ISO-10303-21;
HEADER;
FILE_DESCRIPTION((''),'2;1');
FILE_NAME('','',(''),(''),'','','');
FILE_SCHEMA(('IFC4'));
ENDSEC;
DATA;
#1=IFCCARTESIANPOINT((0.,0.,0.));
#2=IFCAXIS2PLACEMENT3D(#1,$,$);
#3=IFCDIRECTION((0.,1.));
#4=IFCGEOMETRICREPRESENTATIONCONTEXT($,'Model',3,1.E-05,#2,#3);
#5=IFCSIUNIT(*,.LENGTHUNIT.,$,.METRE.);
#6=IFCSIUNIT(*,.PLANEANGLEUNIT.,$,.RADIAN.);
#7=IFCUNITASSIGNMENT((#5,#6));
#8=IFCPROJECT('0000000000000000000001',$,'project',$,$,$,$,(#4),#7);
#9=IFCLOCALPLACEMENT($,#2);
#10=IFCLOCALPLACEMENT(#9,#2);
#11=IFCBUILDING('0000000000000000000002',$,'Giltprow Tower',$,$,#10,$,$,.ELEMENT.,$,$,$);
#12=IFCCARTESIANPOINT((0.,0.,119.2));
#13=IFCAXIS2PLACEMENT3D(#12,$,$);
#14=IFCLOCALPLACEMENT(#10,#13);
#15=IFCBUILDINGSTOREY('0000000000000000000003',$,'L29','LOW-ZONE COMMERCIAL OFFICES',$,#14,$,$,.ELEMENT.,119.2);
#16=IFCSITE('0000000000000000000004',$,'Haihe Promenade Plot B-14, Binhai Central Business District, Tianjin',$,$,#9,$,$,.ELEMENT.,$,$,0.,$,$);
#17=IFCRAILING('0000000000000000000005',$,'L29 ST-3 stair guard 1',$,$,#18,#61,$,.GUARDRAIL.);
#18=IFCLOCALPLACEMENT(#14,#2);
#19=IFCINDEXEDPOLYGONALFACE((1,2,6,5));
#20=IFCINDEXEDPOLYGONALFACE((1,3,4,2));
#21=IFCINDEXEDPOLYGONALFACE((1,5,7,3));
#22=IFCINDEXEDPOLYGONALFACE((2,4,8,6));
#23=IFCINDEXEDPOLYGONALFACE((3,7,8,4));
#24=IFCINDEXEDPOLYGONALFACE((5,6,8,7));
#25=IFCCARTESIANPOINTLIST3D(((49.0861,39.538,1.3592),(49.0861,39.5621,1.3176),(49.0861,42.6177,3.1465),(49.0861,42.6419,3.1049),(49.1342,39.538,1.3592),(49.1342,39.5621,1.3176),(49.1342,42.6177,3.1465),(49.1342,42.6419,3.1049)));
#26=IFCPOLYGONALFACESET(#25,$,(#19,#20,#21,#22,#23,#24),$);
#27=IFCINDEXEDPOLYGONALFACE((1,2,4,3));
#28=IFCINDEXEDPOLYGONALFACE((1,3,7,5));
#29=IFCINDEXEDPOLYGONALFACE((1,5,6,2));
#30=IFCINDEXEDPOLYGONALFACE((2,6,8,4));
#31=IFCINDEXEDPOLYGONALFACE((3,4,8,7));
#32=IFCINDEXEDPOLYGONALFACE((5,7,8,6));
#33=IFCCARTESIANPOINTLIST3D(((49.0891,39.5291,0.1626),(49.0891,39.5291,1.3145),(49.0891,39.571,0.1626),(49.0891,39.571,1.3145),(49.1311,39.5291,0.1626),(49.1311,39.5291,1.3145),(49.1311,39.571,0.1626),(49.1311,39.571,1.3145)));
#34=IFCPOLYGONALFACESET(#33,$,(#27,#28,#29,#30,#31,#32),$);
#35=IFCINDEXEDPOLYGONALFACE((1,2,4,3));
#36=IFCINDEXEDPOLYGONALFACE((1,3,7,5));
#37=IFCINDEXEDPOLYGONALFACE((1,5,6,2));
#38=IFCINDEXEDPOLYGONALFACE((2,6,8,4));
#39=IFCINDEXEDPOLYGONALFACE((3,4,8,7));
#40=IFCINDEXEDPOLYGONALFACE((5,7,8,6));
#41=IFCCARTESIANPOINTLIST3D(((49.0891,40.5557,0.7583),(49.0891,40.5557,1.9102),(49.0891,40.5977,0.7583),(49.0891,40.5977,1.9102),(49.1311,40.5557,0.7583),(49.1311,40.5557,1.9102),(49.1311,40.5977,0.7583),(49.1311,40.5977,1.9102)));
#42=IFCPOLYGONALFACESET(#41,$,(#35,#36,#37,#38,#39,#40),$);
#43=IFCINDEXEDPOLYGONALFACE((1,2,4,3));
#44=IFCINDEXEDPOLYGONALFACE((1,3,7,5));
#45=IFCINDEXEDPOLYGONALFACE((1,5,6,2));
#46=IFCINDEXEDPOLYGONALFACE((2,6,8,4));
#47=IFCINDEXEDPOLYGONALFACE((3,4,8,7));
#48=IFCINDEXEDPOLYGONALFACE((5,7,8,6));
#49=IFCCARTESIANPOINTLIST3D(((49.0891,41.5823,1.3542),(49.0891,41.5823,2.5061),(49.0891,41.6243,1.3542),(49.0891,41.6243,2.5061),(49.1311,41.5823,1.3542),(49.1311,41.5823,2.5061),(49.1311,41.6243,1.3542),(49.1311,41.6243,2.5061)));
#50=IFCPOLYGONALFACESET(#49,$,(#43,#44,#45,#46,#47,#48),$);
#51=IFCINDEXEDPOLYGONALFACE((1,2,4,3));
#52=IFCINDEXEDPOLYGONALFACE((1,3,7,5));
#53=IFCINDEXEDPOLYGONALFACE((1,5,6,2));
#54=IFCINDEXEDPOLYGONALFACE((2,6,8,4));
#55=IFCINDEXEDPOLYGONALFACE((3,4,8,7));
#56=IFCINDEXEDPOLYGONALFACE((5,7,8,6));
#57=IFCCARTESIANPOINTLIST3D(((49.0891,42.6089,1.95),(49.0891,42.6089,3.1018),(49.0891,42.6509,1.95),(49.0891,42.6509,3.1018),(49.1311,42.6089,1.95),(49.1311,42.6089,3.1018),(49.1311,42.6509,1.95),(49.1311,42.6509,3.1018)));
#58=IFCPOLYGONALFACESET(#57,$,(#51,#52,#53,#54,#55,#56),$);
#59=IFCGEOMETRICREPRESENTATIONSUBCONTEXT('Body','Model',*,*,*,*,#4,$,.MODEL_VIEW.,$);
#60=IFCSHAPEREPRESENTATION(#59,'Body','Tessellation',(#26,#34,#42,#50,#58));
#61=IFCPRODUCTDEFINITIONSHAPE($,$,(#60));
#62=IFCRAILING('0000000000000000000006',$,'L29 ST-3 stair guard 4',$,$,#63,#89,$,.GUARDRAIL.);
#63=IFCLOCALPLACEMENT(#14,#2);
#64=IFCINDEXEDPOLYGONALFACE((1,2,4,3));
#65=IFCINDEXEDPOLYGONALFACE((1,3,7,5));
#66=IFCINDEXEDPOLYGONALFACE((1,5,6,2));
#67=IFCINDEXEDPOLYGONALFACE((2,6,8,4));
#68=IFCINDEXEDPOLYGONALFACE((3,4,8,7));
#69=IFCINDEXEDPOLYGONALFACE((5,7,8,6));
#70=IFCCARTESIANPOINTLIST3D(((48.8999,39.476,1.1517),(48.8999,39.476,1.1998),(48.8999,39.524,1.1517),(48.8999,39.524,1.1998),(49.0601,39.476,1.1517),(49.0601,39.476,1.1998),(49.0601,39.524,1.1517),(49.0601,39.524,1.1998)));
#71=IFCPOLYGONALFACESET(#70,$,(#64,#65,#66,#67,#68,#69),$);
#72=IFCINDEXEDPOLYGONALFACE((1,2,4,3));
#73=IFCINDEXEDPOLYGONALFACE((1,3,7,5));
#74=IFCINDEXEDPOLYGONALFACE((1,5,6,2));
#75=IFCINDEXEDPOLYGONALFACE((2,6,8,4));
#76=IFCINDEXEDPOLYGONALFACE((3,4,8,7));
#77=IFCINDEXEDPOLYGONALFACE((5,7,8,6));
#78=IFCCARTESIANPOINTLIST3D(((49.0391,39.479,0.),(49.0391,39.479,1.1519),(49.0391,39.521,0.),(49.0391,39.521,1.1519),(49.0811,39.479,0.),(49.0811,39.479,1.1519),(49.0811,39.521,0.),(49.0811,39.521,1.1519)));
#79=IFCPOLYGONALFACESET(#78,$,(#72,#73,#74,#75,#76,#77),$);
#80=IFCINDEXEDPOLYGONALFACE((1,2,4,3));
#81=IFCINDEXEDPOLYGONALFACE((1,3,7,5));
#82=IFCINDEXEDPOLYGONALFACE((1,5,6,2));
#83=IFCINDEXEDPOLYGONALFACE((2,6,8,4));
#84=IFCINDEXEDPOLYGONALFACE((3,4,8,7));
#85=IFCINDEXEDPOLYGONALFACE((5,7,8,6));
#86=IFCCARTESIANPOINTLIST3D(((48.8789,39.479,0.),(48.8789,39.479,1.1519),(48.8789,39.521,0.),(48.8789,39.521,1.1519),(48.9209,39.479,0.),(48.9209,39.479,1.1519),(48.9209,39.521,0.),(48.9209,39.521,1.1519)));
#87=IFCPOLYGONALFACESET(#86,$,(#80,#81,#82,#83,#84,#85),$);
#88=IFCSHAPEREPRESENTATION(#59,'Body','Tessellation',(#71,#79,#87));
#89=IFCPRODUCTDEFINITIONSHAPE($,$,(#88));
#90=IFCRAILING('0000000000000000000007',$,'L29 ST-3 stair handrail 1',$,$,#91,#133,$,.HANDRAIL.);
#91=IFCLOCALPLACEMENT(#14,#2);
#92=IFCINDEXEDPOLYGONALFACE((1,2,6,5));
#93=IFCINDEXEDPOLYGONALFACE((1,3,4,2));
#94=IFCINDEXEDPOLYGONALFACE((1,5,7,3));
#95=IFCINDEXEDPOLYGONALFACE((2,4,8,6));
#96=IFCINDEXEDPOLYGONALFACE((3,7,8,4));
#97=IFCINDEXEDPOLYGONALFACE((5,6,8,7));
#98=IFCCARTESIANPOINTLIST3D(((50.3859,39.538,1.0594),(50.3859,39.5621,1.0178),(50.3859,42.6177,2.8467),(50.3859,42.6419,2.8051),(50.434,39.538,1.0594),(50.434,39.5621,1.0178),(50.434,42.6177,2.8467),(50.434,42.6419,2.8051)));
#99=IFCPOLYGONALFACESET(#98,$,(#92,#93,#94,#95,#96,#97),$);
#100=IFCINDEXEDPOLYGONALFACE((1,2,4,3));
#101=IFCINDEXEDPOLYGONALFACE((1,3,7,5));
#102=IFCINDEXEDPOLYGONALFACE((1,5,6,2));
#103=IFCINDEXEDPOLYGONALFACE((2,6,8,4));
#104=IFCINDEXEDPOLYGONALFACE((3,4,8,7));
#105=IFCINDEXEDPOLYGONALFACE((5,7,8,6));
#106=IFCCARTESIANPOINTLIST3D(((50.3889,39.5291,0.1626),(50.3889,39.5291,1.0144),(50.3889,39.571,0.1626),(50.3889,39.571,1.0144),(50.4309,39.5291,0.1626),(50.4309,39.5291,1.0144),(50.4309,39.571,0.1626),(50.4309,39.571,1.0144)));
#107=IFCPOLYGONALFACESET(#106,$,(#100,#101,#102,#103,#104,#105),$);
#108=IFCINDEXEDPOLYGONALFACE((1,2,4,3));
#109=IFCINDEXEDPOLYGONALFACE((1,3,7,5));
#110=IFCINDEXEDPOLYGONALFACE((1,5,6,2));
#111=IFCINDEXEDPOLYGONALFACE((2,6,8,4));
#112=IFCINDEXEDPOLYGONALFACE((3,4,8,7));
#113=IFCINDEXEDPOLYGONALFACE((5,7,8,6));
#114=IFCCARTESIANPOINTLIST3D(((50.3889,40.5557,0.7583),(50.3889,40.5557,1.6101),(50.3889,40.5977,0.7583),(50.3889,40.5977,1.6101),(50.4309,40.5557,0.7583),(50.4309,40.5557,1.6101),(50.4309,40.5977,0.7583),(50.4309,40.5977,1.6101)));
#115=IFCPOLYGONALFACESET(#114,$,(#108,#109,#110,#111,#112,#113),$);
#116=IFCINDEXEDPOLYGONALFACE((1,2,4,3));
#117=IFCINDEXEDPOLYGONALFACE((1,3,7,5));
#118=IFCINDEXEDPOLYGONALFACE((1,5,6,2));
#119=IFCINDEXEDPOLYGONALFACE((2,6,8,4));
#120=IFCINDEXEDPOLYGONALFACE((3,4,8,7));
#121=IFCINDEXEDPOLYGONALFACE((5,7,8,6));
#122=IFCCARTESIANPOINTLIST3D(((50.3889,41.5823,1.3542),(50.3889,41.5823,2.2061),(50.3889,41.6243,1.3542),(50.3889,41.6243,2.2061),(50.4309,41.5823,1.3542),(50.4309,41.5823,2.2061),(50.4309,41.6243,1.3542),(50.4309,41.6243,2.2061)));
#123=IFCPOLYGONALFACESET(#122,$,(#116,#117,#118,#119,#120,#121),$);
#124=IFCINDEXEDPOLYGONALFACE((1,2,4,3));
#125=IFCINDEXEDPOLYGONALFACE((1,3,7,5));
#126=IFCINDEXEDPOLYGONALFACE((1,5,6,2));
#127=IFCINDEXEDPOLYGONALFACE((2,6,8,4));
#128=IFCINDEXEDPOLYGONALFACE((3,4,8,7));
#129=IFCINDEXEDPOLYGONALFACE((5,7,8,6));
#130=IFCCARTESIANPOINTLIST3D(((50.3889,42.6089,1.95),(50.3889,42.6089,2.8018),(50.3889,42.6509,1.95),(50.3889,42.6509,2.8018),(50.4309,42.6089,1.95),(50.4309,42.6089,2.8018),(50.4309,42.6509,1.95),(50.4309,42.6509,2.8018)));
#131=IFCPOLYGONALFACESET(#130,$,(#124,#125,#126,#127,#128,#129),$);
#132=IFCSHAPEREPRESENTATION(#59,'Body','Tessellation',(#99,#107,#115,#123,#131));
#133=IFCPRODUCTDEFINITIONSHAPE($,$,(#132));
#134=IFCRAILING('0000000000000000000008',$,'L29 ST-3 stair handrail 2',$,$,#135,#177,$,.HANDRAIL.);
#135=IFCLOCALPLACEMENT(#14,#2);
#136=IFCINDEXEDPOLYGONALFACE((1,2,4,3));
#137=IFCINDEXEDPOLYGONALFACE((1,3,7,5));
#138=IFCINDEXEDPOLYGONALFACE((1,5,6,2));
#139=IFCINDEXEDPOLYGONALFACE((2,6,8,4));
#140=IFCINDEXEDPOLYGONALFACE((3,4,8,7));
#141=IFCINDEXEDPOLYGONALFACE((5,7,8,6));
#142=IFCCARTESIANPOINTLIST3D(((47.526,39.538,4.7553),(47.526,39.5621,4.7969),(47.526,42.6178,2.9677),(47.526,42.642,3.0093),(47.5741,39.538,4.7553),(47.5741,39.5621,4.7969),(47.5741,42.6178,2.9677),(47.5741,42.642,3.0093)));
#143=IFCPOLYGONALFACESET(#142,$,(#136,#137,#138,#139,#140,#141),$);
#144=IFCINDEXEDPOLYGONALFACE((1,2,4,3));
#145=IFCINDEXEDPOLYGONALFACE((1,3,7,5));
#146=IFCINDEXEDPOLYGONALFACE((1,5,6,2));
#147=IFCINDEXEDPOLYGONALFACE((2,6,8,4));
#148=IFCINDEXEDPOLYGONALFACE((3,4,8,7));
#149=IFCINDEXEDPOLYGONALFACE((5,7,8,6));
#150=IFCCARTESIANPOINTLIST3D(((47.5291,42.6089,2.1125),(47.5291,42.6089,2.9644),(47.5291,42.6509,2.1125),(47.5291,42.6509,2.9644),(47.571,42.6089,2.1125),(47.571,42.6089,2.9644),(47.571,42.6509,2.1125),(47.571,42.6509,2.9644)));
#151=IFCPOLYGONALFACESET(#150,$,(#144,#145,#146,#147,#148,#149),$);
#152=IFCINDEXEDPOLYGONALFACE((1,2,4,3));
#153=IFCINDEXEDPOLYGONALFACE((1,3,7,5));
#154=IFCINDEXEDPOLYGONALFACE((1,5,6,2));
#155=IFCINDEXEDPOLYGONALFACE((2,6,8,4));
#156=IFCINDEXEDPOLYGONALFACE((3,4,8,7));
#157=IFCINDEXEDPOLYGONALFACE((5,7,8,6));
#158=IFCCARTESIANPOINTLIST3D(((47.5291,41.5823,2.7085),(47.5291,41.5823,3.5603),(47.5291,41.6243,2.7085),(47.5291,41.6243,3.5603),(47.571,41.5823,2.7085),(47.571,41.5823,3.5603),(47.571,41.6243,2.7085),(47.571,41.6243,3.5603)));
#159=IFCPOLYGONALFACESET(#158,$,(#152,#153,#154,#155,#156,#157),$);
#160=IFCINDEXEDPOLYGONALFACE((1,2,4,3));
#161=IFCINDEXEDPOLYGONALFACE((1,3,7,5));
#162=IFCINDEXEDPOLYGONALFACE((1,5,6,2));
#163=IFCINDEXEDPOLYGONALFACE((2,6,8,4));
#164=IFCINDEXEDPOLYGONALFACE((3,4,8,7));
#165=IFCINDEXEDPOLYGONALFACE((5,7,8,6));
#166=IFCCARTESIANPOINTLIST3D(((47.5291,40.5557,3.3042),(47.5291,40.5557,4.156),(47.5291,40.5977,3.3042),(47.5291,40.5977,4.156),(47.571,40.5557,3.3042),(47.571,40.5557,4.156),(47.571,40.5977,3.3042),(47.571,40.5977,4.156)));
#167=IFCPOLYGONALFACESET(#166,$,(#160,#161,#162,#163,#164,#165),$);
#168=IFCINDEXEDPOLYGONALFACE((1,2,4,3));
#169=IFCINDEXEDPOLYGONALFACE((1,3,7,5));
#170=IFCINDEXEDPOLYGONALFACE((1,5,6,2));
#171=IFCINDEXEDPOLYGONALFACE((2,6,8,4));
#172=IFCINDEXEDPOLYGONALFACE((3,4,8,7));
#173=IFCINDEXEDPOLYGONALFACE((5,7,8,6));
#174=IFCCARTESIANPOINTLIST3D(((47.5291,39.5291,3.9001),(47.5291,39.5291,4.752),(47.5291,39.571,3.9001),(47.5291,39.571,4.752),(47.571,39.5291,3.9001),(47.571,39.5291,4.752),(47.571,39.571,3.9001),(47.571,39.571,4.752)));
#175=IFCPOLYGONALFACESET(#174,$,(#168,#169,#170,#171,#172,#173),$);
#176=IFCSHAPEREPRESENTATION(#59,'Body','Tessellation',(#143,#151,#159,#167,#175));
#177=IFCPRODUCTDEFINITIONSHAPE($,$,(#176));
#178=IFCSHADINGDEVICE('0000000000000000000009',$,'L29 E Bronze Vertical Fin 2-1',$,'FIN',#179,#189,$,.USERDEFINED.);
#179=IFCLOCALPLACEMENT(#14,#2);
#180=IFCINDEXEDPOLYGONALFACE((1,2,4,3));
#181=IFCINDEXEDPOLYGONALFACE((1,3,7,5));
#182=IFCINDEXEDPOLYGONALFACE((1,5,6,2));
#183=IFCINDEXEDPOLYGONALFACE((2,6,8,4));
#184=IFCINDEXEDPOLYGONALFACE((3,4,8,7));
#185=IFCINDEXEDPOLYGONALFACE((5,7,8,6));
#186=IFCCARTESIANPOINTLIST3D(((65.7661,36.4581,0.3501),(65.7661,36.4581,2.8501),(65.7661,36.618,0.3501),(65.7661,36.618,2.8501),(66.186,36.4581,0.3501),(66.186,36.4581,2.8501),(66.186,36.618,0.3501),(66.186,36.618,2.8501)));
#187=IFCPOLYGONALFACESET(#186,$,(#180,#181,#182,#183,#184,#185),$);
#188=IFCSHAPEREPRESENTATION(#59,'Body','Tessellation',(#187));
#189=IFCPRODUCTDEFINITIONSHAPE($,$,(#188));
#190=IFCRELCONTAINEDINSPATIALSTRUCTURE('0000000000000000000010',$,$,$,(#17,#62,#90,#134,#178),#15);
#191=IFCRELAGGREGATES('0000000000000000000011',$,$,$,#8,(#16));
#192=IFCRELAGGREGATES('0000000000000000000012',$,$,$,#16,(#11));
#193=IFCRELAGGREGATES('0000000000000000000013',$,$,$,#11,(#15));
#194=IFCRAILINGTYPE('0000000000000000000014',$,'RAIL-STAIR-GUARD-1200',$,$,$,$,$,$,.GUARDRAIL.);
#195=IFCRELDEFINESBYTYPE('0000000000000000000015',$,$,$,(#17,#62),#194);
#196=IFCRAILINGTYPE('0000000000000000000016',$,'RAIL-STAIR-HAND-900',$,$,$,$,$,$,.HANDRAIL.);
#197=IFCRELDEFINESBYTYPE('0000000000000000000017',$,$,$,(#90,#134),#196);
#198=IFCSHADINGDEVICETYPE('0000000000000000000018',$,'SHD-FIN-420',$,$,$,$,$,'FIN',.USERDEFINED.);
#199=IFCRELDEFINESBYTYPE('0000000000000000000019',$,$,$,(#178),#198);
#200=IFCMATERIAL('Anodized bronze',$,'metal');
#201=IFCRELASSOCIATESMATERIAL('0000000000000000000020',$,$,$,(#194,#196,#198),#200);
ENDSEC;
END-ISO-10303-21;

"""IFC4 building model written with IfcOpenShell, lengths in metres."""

from ifc_helpers import new_model, si_unit, direction, frame, origin, origin_2d, place, context, subcontext, project, spatial, rectangle, extrude, source, transform, mapped, material, type_object, element, save


model = new_model("IFC4")

# Units and contexts
model_context = context("Model", 3, precision=1e-05, world=origin(), true_north=direction((0.0, 1.0)))
body_context = subcontext(model_context, "Body", "Model", "MODEL_VIEW")
ifc_project = project(units=[si_unit("LENGTHUNIT", "METRE"), si_unit("PLANEANGLEUNIT", "RADIAN")], contexts=[model_context])

# Site, building, storey
site_placement = place(None, origin())
site = spatial("IfcSite", under=ifc_project, at=site_placement, Name="Haihe Promenade Plot B-14, Binhai Central Business District, Tianjin", CompositionType="ELEMENT", RefElevation=0.0)
building_placement = place(site_placement, origin())
building = spatial("IfcBuilding", under=site, at=building_placement, Name="Giltprow Tower", CompositionType="ELEMENT")
storey_placement = place(building_placement, frame((0.0, 0.0, 119.2)))
storey = spatial("IfcBuildingStorey", under=building, at=storey_placement, Name="L29", Description="LOW-ZONE COMMERCIAL OFFICES", CompositionType="ELEMENT", Elevation=119.2)

# Railings
ifc_material_1 = material(Name="Anodized bronze", Category="metal")
railing_type_1 = type_object("IfcRailingType", Name="RAIL-STAIR-GUARD-1200", PredefinedType="GUARDRAIL", material=ifc_material_1)
railing_1_placement = place(storey_placement, frame((49.1101, 39.55, 0.1626)))
element("IfcRailing", 1, at=railing_1_placement, inside=storey, type_object=railing_type_1, Name="L29 ST-3 stair guard 1", PredefinedType="GUARDRAIL", context=body_context, shape_type="SweptSolid", body=[
    extrude(rectangle(XDim=0.0481, YDim=0.0481, at=origin_2d()), frame((0.0, 0.0, 1.1758), z_axis=(0.0, 0.864903, 0.501939), x_axis=(-1.0, 0.0, 0.0)), (0.0, 0.0, 1.0), 3.5608),
    extrude(rectangle(XDim=0.042, YDim=0.042, at=origin_2d()), origin(), (0.0, 0.0, 1.0), 1.1519),
    extrude(rectangle(XDim=0.042, YDim=0.042, at=origin_2d()), frame((0.0, 1.0266, 0.5957)), (0.0, 0.0, 1.0), 1.1519),
    extrude(rectangle(XDim=0.042, YDim=0.042, at=origin_2d()), frame((0.0, 2.0532, 1.1917)), (0.0, 0.0, 1.0), 1.1519),
    extrude(rectangle(XDim=0.042, YDim=0.042, at=origin_2d()), frame((0.0, 3.0798, 1.7874)), (0.0, 0.0, 1.0), 1.1519),
])
railing_2_placement = place(storey_placement, frame((49.0601, 39.5, 0.0)))
element("IfcRailing", 2, at=railing_2_placement, inside=storey, type_object=railing_type_1, Name="L29 ST-3 stair guard 4", PredefinedType="GUARDRAIL", context=body_context, shape_type="SweptSolid", body=[
    extrude(rectangle(XDim=0.0481, YDim=0.0481, at=origin_2d()), frame((0.0, 0.0, 1.1758), z_axis=(-1.0, 0.0, 0.0), x_axis=(0.0, -1.0, 0.0)), (0.0, 0.0, 1.0), 0.1602),
    extrude(rectangle(XDim=0.042, YDim=0.042, at=origin_2d()), origin(), (0.0, 0.0, 1.0), 1.1519),
    extrude(rectangle(XDim=0.042, YDim=0.042, at=origin_2d()), frame((-0.1602, 0.0, 0.0)), (0.0, 0.0, 1.0), 1.1519),
])
railing_type_2 = type_object("IfcRailingType", Name="RAIL-STAIR-HAND-900", PredefinedType="HANDRAIL", material=ifc_material_1)
railing_3_placement = place(storey_placement, frame((50.4099, 39.55, 0.1626)))
element("IfcRailing", 3, at=railing_3_placement, inside=storey, type_object=railing_type_2, Name="L29 ST-3 stair handrail 1", PredefinedType="HANDRAIL", context=body_context, shape_type="SweptSolid", body=[
    extrude(rectangle(XDim=0.0481, YDim=0.0481, at=origin_2d()), frame((0.0, 0.0, 0.876), z_axis=(0.0, 0.864903, 0.501939), x_axis=(-1.0, 0.0, 0.0)), (0.0, 0.0, 1.0), 3.5608),
    extrude(rectangle(XDim=0.042, YDim=0.042, at=origin_2d()), origin(), (0.0, 0.0, 1.0), 0.8518),
    extrude(rectangle(XDim=0.042, YDim=0.042, at=origin_2d()), frame((0.0, 1.0266, 0.5957)), (0.0, 0.0, 1.0), 0.8518),
    extrude(rectangle(XDim=0.042, YDim=0.042, at=origin_2d()), frame((0.0, 2.0532, 1.1917)), (0.0, 0.0, 1.0), 0.8518),
    extrude(rectangle(XDim=0.042, YDim=0.042, at=origin_2d()), frame((0.0, 3.0798, 1.7874)), (0.0, 0.0, 1.0), 0.8518),
])
railing_4_placement = place(storey_placement, frame((47.55, 42.6299, 2.1125)))
element("IfcRailing", 4, at=railing_4_placement, inside=storey, type_object=railing_type_2, Name="L29 ST-3 stair handrail 2", PredefinedType="HANDRAIL", context=body_context, shape_type="SweptSolid", body=[
    extrude(rectangle(XDim=0.0481, YDim=0.0481, at=origin_2d()), frame((0.0, 0.0, 0.876), z_axis=(0.0, -0.864873, 0.50199), x_axis=(1.0, 0.0, 0.0)), (0.0, 0.0, 1.0), 3.561),
    extrude(rectangle(XDim=0.042, YDim=0.042, at=origin_2d()), origin(), (0.0, 0.0, 1.0), 0.8518),
    extrude(rectangle(XDim=0.042, YDim=0.042, at=origin_2d()), frame((0.0, -1.0266, 0.5959)), (0.0, 0.0, 1.0), 0.8518),
    extrude(rectangle(XDim=0.042, YDim=0.042, at=origin_2d()), frame((0.0, -2.0532, 1.1917)), (0.0, 0.0, 1.0), 0.8518),
    extrude(rectangle(XDim=0.042, YDim=0.042, at=origin_2d()), frame((0.0, -3.0798, 1.7876)), (0.0, 0.0, 1.0), 0.8518),
])

# Shading device
shading_device_type = type_object("IfcShadingDeviceType", Name="SHD-FIN-420", ElementType="FIN", PredefinedType="USERDEFINED", material=ifc_material_1)
shared_shape_1 = source(origin(), body_context, "Body", "SweptSolid", [
    extrude(rectangle(XDim=0.4199, YDim=0.1599, at=origin_2d()), origin(), (0.0, 0.0, 1.0), 2.5),
])
shading_device_placement = place(storey_placement, frame((65.9761, 36.5381, 0.3501), z_axis=(0.0, 0.0, 1.0), x_axis=(1.0, 0.0, 0.0)))
element("IfcShadingDevice", 5, at=shading_device_placement, inside=storey, type_object=shading_device_type, Name="L29 E Bronze Vertical Fin 2-1", ObjectType="FIN", PredefinedType="USERDEFINED", context=body_context, shape_type="MappedRepresentation", body=[
    mapped(shared_shape_1, transform((0.0, 0.0, 0.0), x_axis=(1.0, 0.0, 0.0), y_axis=(0.0, 1.0, 0.0), z_axis=(0.0, 0.0, 1.0), scale=1.0)),
])

save(model, "model.ifc")
